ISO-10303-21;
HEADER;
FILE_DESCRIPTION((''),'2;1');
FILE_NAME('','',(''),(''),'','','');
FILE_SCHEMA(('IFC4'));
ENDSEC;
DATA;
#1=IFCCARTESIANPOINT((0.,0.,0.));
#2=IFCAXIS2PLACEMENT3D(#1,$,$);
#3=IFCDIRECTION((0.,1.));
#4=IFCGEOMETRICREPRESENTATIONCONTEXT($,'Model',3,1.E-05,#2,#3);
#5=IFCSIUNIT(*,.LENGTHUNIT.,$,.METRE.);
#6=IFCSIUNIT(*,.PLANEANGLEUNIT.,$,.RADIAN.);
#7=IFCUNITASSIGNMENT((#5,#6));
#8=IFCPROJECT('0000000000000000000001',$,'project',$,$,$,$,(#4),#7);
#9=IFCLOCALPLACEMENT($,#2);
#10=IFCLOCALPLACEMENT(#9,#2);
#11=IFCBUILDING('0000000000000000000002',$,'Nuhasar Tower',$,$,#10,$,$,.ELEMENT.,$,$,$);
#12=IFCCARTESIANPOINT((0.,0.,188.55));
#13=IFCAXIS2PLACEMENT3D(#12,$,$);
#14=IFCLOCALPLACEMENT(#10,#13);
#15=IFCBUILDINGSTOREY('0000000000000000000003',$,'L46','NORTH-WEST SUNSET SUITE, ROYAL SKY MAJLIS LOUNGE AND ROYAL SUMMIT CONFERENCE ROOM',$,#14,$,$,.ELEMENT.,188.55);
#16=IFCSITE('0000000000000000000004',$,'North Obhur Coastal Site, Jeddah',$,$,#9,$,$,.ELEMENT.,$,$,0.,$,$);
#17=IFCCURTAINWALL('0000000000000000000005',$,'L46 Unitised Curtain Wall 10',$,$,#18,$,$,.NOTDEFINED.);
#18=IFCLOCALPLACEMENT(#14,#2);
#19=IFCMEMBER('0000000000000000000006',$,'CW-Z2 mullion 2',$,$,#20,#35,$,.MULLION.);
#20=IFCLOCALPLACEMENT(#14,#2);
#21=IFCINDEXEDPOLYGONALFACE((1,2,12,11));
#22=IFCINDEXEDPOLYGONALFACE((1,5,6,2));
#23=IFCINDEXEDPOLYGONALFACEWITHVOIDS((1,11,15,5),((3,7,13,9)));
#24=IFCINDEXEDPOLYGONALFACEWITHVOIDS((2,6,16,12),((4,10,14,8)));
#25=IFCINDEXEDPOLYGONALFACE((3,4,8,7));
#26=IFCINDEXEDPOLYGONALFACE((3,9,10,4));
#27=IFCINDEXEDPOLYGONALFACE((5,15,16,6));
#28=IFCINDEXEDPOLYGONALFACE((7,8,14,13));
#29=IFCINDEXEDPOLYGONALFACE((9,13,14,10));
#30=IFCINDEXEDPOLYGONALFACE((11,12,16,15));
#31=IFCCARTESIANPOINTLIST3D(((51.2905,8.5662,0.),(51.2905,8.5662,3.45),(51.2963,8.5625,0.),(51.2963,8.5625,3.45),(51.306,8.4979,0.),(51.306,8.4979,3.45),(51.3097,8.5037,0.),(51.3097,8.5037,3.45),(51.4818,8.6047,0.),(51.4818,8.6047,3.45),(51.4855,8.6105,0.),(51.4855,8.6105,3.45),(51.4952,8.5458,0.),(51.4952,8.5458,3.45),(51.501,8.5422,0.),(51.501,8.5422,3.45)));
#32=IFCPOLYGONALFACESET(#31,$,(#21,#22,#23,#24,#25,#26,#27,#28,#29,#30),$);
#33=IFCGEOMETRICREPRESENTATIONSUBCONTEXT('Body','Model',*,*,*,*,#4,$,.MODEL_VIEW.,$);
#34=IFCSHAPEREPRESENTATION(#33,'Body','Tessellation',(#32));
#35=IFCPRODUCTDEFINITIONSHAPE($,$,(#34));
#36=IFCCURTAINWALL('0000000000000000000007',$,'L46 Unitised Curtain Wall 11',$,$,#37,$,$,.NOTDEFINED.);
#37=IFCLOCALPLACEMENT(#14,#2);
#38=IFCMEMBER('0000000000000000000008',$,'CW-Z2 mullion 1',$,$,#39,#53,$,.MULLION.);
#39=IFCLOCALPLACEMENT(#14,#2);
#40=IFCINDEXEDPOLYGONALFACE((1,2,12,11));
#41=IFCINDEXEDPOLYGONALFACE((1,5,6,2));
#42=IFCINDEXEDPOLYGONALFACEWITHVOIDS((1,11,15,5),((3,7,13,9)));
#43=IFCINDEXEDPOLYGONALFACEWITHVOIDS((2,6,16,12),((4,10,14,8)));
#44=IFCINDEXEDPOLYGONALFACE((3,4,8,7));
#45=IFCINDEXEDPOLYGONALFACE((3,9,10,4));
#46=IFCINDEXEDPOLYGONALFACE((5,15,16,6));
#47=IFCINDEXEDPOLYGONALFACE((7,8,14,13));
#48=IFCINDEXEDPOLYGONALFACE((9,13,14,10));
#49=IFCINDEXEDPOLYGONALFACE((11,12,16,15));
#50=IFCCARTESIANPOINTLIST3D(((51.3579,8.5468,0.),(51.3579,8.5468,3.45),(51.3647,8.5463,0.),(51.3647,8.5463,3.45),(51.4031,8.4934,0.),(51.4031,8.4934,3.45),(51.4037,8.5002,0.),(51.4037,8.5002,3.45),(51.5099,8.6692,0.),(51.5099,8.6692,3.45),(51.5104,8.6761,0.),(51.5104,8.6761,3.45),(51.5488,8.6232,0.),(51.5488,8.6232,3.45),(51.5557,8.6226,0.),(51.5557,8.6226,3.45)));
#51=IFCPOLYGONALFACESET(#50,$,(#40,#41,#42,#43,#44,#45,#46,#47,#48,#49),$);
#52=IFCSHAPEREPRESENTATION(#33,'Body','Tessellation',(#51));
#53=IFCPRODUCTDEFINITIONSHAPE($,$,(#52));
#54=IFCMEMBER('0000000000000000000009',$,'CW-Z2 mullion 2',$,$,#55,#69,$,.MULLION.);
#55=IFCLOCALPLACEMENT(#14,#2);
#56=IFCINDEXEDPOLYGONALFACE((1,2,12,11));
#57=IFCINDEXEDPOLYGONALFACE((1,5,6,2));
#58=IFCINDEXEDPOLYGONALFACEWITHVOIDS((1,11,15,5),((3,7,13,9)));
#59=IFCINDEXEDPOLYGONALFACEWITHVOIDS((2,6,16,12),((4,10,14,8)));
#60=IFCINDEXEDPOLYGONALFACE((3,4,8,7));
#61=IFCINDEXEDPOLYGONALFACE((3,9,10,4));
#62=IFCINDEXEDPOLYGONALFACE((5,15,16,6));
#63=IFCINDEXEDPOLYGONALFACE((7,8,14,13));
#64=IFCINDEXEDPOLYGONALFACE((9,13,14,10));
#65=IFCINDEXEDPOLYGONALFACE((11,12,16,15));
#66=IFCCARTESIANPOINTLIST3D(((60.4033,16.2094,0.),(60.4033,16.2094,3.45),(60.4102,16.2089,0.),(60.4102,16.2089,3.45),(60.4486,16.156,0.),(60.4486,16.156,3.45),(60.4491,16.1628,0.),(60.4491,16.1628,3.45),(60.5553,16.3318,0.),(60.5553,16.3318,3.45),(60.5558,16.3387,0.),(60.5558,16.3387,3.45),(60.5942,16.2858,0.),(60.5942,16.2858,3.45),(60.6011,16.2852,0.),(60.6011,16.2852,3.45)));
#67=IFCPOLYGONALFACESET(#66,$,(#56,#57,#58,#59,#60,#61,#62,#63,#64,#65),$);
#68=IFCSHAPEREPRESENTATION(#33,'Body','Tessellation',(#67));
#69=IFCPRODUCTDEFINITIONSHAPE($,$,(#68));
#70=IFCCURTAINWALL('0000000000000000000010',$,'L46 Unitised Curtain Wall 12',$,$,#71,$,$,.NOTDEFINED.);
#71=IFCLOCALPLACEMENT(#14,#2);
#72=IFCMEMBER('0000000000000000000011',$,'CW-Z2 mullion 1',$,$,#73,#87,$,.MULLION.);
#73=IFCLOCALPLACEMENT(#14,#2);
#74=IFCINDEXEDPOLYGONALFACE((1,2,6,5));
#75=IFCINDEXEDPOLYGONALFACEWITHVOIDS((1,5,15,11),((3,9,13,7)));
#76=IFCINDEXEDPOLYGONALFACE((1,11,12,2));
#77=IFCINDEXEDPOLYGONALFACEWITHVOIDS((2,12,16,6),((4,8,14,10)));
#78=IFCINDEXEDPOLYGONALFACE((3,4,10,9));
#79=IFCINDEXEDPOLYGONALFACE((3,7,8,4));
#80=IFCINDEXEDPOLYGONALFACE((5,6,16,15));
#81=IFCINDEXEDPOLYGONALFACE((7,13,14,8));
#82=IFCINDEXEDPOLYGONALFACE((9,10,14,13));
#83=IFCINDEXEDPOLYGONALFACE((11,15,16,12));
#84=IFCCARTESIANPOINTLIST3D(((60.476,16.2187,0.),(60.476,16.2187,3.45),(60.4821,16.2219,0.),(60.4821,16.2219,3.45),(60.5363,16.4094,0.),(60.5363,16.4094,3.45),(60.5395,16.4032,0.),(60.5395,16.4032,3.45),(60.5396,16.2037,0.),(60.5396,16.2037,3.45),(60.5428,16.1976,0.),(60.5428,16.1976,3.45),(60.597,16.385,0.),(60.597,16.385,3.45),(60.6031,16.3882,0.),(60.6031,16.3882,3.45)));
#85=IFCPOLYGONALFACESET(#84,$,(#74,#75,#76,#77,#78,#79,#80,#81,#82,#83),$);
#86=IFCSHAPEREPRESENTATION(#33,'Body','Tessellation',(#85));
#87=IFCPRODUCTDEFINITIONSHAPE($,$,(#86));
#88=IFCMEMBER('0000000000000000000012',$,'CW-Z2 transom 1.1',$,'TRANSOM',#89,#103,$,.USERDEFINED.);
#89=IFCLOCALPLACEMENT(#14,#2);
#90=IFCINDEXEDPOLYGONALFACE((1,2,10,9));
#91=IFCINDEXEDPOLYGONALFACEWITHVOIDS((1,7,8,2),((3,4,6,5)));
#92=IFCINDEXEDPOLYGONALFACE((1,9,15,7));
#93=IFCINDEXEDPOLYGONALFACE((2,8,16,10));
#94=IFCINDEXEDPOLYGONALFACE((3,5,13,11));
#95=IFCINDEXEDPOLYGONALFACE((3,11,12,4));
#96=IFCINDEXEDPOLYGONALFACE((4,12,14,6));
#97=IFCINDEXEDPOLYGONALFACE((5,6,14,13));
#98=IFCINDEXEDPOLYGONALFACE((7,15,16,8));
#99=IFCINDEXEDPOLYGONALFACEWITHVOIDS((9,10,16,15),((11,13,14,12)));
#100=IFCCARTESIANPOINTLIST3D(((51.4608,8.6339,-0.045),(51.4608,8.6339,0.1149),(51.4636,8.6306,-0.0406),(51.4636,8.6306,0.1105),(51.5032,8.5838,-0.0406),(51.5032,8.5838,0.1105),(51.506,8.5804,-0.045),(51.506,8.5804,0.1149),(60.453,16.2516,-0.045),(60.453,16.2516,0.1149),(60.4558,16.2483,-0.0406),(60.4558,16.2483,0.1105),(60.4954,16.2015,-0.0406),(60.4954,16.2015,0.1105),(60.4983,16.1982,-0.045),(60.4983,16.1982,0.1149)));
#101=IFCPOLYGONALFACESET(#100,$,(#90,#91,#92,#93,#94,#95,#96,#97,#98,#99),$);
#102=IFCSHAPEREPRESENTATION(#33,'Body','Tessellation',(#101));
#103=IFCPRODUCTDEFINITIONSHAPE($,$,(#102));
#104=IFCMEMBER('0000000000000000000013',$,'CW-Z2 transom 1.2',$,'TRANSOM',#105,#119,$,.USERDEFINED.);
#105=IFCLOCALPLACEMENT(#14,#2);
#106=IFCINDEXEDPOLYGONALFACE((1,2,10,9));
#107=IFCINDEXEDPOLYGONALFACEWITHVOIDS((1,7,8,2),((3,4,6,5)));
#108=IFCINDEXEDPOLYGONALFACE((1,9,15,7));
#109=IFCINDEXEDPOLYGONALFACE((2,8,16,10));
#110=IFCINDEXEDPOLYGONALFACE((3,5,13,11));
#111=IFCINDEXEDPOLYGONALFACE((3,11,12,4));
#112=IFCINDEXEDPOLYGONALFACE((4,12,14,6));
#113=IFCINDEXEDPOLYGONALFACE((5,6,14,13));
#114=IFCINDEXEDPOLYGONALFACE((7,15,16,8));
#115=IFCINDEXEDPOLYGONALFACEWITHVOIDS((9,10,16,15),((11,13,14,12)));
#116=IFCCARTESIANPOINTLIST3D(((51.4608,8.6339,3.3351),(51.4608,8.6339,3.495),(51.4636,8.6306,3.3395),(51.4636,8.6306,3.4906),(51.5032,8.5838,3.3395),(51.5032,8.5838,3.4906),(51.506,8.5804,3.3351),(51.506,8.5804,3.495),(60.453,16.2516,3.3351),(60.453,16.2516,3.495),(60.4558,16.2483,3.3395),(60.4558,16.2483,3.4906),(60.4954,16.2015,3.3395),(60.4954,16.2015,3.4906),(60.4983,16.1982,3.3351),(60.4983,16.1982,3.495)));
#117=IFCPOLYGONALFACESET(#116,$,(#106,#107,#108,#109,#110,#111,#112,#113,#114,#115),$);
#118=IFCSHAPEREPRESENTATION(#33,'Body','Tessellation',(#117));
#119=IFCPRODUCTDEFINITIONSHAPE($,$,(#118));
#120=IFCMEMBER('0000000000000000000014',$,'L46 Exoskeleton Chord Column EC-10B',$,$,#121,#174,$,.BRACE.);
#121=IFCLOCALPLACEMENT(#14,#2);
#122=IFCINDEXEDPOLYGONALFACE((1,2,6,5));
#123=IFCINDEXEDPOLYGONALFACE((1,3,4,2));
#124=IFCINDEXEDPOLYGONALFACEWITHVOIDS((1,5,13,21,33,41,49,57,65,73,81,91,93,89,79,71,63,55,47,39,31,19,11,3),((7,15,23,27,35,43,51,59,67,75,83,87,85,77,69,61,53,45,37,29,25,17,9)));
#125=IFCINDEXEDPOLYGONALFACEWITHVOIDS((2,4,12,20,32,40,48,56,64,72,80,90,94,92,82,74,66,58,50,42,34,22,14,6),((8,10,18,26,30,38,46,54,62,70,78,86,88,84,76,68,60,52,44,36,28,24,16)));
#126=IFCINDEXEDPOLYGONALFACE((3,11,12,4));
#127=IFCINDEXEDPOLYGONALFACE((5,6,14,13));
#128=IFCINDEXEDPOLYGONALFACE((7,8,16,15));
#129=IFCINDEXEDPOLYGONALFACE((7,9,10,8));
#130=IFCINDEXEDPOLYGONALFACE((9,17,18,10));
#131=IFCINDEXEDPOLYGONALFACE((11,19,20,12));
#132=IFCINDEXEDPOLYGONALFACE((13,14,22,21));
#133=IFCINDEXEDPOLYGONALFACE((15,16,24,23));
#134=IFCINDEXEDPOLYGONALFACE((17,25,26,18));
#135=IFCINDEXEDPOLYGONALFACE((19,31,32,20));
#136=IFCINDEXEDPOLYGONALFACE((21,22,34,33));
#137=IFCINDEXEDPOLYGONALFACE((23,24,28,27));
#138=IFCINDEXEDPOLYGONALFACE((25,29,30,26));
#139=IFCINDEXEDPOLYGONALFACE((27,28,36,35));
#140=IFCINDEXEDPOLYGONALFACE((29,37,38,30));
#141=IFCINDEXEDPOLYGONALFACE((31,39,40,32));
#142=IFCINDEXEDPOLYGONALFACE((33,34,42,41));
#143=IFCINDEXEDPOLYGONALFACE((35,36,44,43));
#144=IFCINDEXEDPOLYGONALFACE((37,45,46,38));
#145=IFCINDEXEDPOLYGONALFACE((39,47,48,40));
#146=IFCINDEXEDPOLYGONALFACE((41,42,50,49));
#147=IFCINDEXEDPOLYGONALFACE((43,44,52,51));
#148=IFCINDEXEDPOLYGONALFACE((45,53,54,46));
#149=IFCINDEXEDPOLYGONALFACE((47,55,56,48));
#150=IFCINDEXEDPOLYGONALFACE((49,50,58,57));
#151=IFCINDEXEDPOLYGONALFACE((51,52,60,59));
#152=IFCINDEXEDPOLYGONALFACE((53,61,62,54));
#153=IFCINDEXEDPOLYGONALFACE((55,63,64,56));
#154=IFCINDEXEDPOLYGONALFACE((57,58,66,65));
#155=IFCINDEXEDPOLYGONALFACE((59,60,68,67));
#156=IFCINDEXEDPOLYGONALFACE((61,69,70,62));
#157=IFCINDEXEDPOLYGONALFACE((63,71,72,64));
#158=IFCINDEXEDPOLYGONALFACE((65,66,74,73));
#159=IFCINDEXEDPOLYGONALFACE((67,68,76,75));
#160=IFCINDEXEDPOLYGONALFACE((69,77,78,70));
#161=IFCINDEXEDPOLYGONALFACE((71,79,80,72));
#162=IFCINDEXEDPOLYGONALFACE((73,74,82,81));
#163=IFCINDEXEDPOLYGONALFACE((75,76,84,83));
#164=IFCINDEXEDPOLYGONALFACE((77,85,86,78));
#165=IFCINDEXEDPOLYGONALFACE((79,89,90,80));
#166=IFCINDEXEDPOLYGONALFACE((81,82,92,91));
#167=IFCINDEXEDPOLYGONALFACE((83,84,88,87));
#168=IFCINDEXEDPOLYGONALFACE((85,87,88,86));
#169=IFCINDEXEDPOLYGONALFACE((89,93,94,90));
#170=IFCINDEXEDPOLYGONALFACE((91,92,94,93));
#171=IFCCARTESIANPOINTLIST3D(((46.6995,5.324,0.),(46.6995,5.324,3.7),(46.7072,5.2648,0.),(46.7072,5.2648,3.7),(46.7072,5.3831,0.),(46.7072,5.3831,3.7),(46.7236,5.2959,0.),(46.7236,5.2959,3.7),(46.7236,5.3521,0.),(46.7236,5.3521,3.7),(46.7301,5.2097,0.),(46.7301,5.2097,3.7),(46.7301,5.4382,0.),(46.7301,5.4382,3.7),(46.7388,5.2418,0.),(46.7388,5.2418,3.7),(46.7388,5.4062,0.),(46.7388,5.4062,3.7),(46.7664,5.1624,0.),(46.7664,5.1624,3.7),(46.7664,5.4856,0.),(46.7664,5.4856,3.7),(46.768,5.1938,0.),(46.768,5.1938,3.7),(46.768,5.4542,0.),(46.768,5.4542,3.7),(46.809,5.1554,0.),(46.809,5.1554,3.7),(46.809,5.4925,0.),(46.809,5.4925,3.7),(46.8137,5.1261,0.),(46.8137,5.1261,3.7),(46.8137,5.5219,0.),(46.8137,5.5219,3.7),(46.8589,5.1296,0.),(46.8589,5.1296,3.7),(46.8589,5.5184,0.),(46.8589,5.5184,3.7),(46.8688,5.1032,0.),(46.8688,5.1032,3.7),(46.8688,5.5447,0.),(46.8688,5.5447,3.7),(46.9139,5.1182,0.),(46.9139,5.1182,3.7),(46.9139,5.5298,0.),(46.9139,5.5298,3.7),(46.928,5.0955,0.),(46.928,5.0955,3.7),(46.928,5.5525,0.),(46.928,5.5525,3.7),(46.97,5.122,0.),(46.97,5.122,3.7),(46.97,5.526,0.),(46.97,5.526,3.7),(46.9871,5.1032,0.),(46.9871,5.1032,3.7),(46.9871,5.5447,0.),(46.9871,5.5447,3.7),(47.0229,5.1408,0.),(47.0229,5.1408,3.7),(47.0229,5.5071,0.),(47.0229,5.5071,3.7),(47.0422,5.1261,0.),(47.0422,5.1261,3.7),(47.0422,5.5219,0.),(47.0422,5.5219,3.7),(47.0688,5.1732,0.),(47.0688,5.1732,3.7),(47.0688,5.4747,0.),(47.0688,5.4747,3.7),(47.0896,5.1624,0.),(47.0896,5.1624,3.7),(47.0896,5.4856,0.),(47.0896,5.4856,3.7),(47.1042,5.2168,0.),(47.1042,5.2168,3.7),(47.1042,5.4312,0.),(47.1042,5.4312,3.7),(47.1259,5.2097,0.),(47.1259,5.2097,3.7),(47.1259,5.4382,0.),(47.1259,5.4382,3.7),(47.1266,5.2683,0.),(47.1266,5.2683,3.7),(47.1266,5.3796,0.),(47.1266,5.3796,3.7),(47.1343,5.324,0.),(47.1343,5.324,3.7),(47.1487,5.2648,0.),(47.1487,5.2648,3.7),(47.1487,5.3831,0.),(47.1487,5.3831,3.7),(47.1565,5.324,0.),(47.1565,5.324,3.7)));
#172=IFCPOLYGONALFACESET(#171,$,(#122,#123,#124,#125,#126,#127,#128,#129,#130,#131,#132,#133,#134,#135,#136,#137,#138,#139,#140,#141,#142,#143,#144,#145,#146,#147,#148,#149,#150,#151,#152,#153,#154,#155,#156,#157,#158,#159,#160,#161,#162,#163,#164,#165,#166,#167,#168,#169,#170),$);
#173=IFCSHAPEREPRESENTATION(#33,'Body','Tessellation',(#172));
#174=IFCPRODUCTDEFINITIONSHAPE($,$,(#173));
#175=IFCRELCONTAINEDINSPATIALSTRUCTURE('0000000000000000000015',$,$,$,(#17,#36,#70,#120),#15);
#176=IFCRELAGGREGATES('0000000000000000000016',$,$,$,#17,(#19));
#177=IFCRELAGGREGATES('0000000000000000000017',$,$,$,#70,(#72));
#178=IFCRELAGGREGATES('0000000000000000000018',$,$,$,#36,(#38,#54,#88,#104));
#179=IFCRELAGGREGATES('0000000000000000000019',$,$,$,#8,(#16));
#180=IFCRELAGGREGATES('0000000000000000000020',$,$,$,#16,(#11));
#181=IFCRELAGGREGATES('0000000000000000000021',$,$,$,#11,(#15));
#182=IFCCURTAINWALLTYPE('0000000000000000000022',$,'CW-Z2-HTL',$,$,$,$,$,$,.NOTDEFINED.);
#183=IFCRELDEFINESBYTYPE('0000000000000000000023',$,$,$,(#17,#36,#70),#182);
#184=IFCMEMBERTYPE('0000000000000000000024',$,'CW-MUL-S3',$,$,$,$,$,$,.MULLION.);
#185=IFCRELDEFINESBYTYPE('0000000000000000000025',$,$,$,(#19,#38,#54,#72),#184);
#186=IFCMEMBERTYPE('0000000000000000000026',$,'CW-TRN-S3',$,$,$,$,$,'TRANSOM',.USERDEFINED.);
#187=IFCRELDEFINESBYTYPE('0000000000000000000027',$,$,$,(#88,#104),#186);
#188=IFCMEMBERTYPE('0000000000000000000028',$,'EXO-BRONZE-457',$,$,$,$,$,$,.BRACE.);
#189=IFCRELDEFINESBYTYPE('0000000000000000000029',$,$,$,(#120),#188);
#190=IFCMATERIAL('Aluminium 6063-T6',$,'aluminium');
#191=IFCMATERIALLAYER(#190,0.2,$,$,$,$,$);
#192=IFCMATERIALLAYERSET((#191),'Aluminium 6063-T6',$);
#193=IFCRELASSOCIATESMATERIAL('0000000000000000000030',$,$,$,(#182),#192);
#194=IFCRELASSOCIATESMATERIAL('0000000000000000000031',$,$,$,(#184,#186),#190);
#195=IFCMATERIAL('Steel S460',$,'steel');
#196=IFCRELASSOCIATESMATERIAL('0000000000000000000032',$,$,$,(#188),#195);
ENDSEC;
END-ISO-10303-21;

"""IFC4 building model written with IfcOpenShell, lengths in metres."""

from ifc_helpers import new_model, si_unit, direction, frame, origin, origin_2d, place, context, subcontext, project, spatial, hollow_rectangle, hollow_circle, extrude, material, layer, layer_set, material_profile, profile_set, type_object, element, aggregate, save


model = new_model("IFC4")

# Units and contexts
model_context = context("Model", 3, precision=1e-05, world=origin(), true_north=direction((0.0, 1.0)))
body_context = subcontext(model_context, "Body", "Model", "MODEL_VIEW")
ifc_project = project(units=[si_unit("LENGTHUNIT", "METRE"), si_unit("PLANEANGLEUNIT", "RADIAN")], contexts=[model_context])

# Site, building, storey
site_placement = place(None, origin())
site = spatial("IfcSite", under=ifc_project, at=site_placement, Name="North Obhur Coastal Site, Jeddah", CompositionType="ELEMENT", RefElevation=0.0)
building_placement = place(site_placement, origin())
building = spatial("IfcBuilding", under=site, at=building_placement, Name="Nuhasar Tower", CompositionType="ELEMENT")
storey_placement = place(building_placement, frame((0.0, 0.0, 188.55)))
storey = spatial("IfcBuildingStorey", under=building, at=storey_placement, Name="L46", Description="NORTH-WEST SUNSET SUITE, ROYAL SKY MAJLIS LOUNGE AND ROYAL SUMMIT CONFERENCE ROOM", CompositionType="ELEMENT", Elevation=188.55)

# Curtain wall, member
ifc_material_1 = material(Name="Aluminium 6063-T6", Category="aluminium")
ifc_layer_1 = layer(ifc_material_1, 0.2)
ifc_layer_set_1 = layer_set([ifc_layer_1], Name="Aluminium 6063-T6")
curtain_wall_type = type_object("IfcCurtainWallType", Name="CW-Z2-HTL", PredefinedType="NOTDEFINED", material=ifc_layer_set_1)
curtain_wall_1_placement = place(storey_placement, origin())
curtain_wall_1 = element("IfcCurtainWall", 1, at=curtain_wall_1_placement, inside=storey, type_object=curtain_wall_type, Name="L46 Unitised Curtain Wall 10", PredefinedType="NOTDEFINED")
ifc_material_profile_1 = material_profile(ifc_material_1, hollow_rectangle(XDim=0.0701, YDim=0.2, WallThickness=0.0049, at=origin_2d()), Name="CWM-3")
ifc_profile_set_1 = profile_set([ifc_material_profile_1], Name="Aluminium 6063-T6")
member_type_1 = type_object("IfcMemberType", Name="CW-MUL-S3", PredefinedType="MULLION", material=ifc_profile_set_1)
member_1_placement = place(storey_placement, frame((51.3958, 8.5542, 0.0), z_axis=(0.0, 0.0, 1.0), x_axis=(-0.221397, 0.975184, 0.0)))
member_1 = element("IfcMember", 2, at=member_1_placement, type_object=member_type_1, Name="CW-Z2 mullion 2", PredefinedType="MULLION", context=body_context, shape_type="SweptSolid", body=[
    extrude(hollow_rectangle(XDim=0.0701, YDim=0.2, WallThickness=0.0049, at=origin_2d()), origin(), (0.0, 0.0, 1.0), 3.45),
])
aggregate(curtain_wall_1, [member_1])

# Curtain wall, members
curtain_wall_2_placement = place(storey_placement, origin())
curtain_wall_2 = element("IfcCurtainWall", 3, at=curtain_wall_2_placement, inside=storey, type_object=curtain_wall_type, Name="L46 Unitised Curtain Wall 11", PredefinedType="NOTDEFINED")
member_2_placement = place(storey_placement, frame((51.4568, 8.5847, 0.0), z_axis=(0.0, 0.0, 1.0), x_axis=(-0.646374, 0.76302, 0.0)))
member_2 = element("IfcMember", 4, at=member_2_placement, type_object=member_type_1, Name="CW-Z2 mullion 1", PredefinedType="MULLION", context=body_context, shape_type="SweptSolid", body=[
    extrude(hollow_rectangle(XDim=0.0701, YDim=0.2, WallThickness=0.0049, at=origin_2d()), origin(), (0.0, 0.0, 1.0), 3.45),
])
member_3_placement = place(storey_placement, frame((60.5022, 16.2473, 0.0), z_axis=(0.0, 0.0, 1.0), x_axis=(-0.646374, 0.76302, 0.0)))
member_3 = element("IfcMember", 5, at=member_3_placement, type_object=member_type_1, Name="CW-Z2 mullion 2", PredefinedType="MULLION", context=body_context, shape_type="SweptSolid", body=[
    extrude(hollow_rectangle(XDim=0.0701, YDim=0.2, WallThickness=0.0049, at=origin_2d()), origin(), (0.0, 0.0, 1.0), 3.45),
])

# Curtain wall, member
curtain_wall_3_placement = place(storey_placement, origin())
curtain_wall_3 = element("IfcCurtainWall", 6, at=curtain_wall_3_placement, inside=storey, type_object=curtain_wall_type, Name="L46 Unitised Curtain Wall 12", PredefinedType="NOTDEFINED")
member_4_placement = place(storey_placement, frame((60.5396, 16.3035, 0.0), z_axis=(0.0, 0.0, 1.0), x_axis=(-0.953433, 0.301604, 0.0)))
member_4 = element("IfcMember", 7, at=member_4_placement, type_object=member_type_1, Name="CW-Z2 mullion 1", PredefinedType="MULLION", context=body_context, shape_type="SweptSolid", body=[
    extrude(hollow_rectangle(XDim=0.0701, YDim=0.2, WallThickness=0.0049, at=origin_2d()), origin(), (0.0, 0.0, 1.0), 3.45),
])
aggregate(curtain_wall_3, [member_4])

# Members
ifc_material_profile_2 = material_profile(ifc_material_1, hollow_rectangle(XDim=0.0701, YDim=0.1599, WallThickness=0.0044, at=origin_2d()), Name="CWT-3")
ifc_profile_set_2 = profile_set([ifc_material_profile_2], Name="Aluminium 6063-T6")
member_type_2 = type_object("IfcMemberType", Name="CW-TRN-S3", ElementType="TRANSOM", PredefinedType="USERDEFINED", material=ifc_profile_set_2)
member_5_placement = place(storey_placement, frame((51.4834, 8.6072, 0.0349), z_axis=(0.763014, 0.646382, 0.0), x_axis=(-0.646382, 0.763014, 0.0)))
member_5 = element("IfcMember", 8, at=member_5_placement, type_object=member_type_2, Name="CW-Z2 transom 1.1", ObjectType="TRANSOM", PredefinedType="USERDEFINED", context=body_context, shape_type="SweptSolid", body=[
    extrude(hollow_rectangle(XDim=0.0701, YDim=0.1599, WallThickness=0.0044, at=origin_2d()), origin(), (0.0, 0.0, 1.0), 11.7852),
])
member_6_placement = place(storey_placement, frame((51.4834, 8.6072, 3.415), z_axis=(0.763014, 0.646382, 0.0), x_axis=(-0.646382, 0.763014, 0.0)))
member_6 = element("IfcMember", 9, at=member_6_placement, type_object=member_type_2, Name="CW-Z2 transom 1.2", ObjectType="TRANSOM", PredefinedType="USERDEFINED", context=body_context, shape_type="SweptSolid", body=[
    extrude(hollow_rectangle(XDim=0.0701, YDim=0.1599, WallThickness=0.0044, at=origin_2d()), origin(), (0.0, 0.0, 1.0), 11.7852),
])

# Member
ifc_material_2 = material(Name="Steel S460", Category="steel")
ifc_material_profile_3 = material_profile(ifc_material_2, hollow_circle(Radius=0.2285, WallThickness=0.0222, at=origin_2d()), Name="HSS457X22.2")
ifc_profile_set_3 = profile_set([ifc_material_profile_3], Name="Steel S460")
member_type_3 = type_object("IfcMemberType", Name="EXO-BRONZE-457", PredefinedType="BRACE", material=ifc_profile_set_3)
for number, where, z_axis, x_axis, name in (
    (10, (46.928, 5.324, 0.0), (0.0, 0.0, 1.0), (1.0, 0.0, 0.0), "L46 Exoskeleton Chord Column EC-10B"),
):
    element("IfcMember", number, at=place(storey_placement, frame(where, z_axis=z_axis, x_axis=x_axis)), inside=storey, type_object=member_type_3, Name=name, PredefinedType="BRACE", context=body_context, shape_type="SweptSolid", body=[
        extrude(hollow_circle(Radius=0.2285, WallThickness=0.0222, at=origin_2d()), origin(), (0.0, 0.0, 1.0), 3.7),
    ])

aggregate(curtain_wall_2, [member_2, member_3, member_5, member_6])

save(model, "model.ifc")
